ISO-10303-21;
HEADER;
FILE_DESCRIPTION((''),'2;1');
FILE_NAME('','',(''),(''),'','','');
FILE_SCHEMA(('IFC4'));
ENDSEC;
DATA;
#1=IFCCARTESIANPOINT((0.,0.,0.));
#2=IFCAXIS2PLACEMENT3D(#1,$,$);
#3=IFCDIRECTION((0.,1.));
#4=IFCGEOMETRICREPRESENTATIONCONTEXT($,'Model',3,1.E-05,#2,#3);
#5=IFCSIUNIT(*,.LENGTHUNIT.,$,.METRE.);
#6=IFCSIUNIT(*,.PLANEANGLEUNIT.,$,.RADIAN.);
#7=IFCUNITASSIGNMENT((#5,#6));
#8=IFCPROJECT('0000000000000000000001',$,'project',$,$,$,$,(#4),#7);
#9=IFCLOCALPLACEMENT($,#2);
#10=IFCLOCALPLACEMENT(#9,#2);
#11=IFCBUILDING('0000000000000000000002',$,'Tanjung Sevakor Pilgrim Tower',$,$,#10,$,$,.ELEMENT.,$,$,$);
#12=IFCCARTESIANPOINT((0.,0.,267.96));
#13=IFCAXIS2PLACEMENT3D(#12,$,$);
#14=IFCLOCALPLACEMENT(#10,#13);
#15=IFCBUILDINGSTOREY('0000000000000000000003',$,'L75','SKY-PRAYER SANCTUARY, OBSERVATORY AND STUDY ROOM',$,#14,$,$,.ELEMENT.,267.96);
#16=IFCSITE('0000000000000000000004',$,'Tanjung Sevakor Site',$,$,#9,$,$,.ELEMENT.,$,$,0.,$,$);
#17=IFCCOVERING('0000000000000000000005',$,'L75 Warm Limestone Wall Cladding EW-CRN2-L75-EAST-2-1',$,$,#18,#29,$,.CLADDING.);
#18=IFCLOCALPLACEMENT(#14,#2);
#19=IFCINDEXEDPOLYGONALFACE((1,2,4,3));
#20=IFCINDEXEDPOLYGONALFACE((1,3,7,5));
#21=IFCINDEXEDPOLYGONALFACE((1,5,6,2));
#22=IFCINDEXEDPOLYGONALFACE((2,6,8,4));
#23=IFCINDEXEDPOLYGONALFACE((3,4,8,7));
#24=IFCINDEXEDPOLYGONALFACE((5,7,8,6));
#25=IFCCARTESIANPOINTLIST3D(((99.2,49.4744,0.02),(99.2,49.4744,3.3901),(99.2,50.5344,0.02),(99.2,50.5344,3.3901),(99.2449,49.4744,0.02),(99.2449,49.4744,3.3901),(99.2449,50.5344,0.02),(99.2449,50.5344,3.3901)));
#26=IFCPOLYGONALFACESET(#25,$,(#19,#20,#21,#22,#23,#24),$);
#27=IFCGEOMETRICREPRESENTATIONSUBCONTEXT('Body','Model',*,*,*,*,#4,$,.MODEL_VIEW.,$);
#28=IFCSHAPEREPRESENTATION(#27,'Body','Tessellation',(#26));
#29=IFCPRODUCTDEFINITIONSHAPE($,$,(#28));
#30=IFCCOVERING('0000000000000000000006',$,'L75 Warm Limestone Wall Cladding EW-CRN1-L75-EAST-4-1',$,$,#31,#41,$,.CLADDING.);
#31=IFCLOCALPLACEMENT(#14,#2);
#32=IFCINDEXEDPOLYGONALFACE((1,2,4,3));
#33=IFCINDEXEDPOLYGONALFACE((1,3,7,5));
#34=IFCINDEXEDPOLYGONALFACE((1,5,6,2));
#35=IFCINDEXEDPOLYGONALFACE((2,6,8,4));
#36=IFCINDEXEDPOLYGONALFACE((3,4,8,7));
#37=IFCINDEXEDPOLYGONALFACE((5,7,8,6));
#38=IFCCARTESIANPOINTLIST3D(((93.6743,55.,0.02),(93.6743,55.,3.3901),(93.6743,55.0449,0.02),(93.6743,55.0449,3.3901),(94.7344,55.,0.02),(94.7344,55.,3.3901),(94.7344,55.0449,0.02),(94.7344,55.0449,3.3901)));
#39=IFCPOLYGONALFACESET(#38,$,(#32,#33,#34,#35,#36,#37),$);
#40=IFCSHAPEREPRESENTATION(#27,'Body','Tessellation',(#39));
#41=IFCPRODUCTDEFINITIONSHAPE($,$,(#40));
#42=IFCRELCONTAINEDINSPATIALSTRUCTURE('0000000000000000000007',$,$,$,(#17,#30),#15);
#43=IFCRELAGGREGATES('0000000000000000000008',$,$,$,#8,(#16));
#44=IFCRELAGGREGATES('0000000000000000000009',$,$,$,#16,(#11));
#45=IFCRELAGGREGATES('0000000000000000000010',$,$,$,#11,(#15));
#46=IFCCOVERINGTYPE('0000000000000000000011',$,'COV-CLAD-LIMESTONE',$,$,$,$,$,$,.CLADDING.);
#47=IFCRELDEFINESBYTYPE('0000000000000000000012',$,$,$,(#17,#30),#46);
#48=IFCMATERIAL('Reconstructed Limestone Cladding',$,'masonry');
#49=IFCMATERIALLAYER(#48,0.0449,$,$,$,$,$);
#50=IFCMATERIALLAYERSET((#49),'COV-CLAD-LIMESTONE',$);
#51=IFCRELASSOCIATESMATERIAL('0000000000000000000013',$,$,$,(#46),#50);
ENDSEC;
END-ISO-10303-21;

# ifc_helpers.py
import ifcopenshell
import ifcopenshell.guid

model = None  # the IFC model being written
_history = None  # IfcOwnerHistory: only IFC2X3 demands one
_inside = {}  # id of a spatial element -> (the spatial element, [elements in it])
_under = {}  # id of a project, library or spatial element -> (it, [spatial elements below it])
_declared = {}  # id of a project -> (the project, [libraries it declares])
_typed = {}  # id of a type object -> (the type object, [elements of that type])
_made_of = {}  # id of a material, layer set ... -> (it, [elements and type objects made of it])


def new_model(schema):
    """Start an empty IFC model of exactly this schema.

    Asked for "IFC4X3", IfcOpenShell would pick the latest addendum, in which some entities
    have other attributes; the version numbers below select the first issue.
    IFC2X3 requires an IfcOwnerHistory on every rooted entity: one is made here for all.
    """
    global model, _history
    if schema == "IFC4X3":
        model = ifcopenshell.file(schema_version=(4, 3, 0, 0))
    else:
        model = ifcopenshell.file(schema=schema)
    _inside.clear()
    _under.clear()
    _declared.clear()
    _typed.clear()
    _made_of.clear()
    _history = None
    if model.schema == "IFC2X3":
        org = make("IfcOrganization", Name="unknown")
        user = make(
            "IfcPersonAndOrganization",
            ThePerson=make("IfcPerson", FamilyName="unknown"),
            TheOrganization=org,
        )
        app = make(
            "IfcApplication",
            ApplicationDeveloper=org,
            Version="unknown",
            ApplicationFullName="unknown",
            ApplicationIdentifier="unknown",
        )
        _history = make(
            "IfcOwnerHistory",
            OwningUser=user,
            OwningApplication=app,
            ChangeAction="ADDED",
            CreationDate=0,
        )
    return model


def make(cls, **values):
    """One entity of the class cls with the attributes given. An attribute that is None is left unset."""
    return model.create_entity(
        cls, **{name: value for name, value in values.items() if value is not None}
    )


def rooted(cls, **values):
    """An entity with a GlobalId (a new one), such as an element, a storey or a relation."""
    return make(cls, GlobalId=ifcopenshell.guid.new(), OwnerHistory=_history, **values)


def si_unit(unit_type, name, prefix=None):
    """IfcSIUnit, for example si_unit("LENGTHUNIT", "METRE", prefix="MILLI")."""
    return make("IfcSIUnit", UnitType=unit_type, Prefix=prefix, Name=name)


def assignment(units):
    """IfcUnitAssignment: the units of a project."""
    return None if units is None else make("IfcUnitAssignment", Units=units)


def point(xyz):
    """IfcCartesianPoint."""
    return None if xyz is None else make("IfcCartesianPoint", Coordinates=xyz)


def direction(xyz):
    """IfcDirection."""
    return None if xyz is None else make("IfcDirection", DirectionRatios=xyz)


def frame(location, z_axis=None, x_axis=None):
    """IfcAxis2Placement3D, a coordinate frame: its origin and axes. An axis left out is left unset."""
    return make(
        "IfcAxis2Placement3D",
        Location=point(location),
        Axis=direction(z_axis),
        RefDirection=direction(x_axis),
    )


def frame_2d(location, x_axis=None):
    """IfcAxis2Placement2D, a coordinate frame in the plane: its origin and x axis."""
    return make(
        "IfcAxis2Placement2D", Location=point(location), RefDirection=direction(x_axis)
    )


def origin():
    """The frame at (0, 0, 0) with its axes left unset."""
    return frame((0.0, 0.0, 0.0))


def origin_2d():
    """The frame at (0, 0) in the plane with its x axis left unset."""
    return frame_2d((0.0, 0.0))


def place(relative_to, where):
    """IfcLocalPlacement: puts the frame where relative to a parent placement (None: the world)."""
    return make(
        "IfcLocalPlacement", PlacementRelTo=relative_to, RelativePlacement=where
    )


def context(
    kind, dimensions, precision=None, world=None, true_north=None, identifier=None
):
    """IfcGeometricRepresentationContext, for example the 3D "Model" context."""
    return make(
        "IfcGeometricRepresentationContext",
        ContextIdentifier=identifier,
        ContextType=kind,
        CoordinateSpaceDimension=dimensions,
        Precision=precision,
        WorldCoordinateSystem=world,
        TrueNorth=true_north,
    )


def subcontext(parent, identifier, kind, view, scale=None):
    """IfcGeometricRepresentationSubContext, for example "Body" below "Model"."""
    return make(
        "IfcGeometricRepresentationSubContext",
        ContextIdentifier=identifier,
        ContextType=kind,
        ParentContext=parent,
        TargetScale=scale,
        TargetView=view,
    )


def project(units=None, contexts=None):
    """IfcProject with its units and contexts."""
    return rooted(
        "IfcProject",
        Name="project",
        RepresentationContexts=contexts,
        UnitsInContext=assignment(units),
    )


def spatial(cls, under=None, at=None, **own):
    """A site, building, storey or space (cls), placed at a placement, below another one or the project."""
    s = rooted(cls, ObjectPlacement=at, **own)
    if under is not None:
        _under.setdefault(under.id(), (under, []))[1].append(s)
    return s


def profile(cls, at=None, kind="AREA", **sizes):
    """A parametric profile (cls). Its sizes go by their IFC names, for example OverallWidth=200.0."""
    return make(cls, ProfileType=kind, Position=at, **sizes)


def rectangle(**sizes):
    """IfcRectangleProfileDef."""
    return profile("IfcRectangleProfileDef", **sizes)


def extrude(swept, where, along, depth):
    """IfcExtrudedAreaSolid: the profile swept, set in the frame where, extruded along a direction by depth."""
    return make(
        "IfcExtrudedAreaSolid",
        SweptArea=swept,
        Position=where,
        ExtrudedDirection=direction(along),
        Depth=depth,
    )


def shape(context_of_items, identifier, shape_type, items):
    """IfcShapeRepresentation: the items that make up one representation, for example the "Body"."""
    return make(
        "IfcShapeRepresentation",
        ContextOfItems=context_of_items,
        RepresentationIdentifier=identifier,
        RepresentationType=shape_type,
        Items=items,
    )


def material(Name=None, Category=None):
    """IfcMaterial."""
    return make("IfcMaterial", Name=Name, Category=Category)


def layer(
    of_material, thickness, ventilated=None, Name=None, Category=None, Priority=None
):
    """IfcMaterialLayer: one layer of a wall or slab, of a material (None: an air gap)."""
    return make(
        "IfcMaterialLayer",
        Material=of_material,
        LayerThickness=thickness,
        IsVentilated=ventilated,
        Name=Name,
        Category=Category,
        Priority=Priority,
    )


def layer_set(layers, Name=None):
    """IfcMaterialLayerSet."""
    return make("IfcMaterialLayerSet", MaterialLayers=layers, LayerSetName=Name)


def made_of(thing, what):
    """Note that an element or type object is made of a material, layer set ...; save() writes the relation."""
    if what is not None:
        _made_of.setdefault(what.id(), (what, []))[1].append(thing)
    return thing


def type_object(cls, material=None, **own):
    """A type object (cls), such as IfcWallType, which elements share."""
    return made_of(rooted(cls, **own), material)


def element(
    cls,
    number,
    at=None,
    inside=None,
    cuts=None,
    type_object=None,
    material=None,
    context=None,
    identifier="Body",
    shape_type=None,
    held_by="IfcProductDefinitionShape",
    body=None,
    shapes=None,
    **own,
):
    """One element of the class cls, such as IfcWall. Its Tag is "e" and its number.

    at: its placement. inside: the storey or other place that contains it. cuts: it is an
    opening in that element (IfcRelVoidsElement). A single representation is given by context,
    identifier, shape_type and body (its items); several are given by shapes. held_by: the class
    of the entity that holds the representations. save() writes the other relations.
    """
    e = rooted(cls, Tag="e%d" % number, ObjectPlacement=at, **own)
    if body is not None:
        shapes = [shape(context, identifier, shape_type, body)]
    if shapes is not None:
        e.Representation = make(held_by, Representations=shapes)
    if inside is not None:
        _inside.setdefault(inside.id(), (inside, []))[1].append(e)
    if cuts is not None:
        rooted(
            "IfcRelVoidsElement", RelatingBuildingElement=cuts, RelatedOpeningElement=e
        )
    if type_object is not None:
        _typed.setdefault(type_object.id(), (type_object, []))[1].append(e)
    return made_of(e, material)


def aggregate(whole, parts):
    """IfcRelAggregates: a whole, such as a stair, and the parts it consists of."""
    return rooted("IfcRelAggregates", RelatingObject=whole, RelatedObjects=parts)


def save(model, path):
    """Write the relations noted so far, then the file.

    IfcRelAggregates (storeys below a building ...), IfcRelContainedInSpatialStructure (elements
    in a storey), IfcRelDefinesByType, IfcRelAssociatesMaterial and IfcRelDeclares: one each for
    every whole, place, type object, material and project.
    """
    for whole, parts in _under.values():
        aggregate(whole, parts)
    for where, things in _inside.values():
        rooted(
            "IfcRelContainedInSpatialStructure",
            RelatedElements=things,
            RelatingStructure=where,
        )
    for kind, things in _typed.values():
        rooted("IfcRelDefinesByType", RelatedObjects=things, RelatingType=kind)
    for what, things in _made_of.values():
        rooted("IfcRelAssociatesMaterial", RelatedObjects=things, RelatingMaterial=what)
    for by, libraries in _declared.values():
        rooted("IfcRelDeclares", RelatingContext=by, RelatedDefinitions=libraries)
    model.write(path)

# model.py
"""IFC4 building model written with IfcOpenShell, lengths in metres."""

from ifc_helpers import new_model, si_unit, direction, frame, origin, origin_2d, place, context, subcontext, project, spatial, rectangle, extrude, material, layer, layer_set, type_object, element, save


model = new_model("IFC4")

# Units and contexts
model_context = context("Model", 3, precision=1e-05, world=origin(), true_north=direction((0.0, 1.0)))
body_context = subcontext(model_context, "Body", "Model", "MODEL_VIEW")
ifc_project = project(units=[si_unit("LENGTHUNIT", "METRE"), si_unit("PLANEANGLEUNIT", "RADIAN")], contexts=[model_context])

# Site, building, storey
site_placement = place(None, origin())
site = spatial("IfcSite", under=ifc_project, at=site_placement, Name="Tanjung Sevakor Site", CompositionType="ELEMENT", RefElevation=0.0)
building_placement = place(site_placement, origin())
building = spatial("IfcBuilding", under=site, at=building_placement, Name="Tanjung Sevakor Pilgrim Tower", CompositionType="ELEMENT")
storey_placement = place(building_placement, frame((0.0, 0.0, 267.96)))
storey = spatial("IfcBuildingStorey", under=building, at=storey_placement, Name="L75", Description="SKY-PRAYER SANCTUARY, OBSERVATORY AND STUDY ROOM", CompositionType="ELEMENT", Elevation=267.96)

# Coverings
ifc_material_1 = material(Name="Reconstructed Limestone Cladding", Category="masonry")
ifc_layer_1 = layer(ifc_material_1, 0.0449)
ifc_layer_set_1 = layer_set([ifc_layer_1], Name="COV-CLAD-LIMESTONE")
covering_type = type_object("IfcCoveringType", Name="COV-CLAD-LIMESTONE", PredefinedType="CLADDING", material=ifc_layer_set_1)
for number, where, z_axis, x_axis, name in (
    (1, (99.2224, 50.0044, 0.02), (0.0, 0.0, 1.0), (0.0, 1.0, 0.0), "L75 Warm Limestone Wall Cladding EW-CRN2-L75-EAST-2-1"),
    (2, (94.2043, 55.0225, 0.02), (0.0, 0.0, 1.0), (-1.0, 0.0, 0.0), "L75 Warm Limestone Wall Cladding EW-CRN1-L75-EAST-4-1"),
):
    element("IfcCovering", number, at=place(storey_placement, frame(where, z_axis=z_axis, x_axis=x_axis)), inside=storey, type_object=covering_type, Name=name, PredefinedType="CLADDING", context=body_context, shape_type="SweptSolid", body=[
        extrude(rectangle(XDim=1.0601, YDim=0.0449, at=origin_2d()), origin(), (0.0, 0.0, 1.0), 3.3701),
    ])

save(model, "model.ifc")
